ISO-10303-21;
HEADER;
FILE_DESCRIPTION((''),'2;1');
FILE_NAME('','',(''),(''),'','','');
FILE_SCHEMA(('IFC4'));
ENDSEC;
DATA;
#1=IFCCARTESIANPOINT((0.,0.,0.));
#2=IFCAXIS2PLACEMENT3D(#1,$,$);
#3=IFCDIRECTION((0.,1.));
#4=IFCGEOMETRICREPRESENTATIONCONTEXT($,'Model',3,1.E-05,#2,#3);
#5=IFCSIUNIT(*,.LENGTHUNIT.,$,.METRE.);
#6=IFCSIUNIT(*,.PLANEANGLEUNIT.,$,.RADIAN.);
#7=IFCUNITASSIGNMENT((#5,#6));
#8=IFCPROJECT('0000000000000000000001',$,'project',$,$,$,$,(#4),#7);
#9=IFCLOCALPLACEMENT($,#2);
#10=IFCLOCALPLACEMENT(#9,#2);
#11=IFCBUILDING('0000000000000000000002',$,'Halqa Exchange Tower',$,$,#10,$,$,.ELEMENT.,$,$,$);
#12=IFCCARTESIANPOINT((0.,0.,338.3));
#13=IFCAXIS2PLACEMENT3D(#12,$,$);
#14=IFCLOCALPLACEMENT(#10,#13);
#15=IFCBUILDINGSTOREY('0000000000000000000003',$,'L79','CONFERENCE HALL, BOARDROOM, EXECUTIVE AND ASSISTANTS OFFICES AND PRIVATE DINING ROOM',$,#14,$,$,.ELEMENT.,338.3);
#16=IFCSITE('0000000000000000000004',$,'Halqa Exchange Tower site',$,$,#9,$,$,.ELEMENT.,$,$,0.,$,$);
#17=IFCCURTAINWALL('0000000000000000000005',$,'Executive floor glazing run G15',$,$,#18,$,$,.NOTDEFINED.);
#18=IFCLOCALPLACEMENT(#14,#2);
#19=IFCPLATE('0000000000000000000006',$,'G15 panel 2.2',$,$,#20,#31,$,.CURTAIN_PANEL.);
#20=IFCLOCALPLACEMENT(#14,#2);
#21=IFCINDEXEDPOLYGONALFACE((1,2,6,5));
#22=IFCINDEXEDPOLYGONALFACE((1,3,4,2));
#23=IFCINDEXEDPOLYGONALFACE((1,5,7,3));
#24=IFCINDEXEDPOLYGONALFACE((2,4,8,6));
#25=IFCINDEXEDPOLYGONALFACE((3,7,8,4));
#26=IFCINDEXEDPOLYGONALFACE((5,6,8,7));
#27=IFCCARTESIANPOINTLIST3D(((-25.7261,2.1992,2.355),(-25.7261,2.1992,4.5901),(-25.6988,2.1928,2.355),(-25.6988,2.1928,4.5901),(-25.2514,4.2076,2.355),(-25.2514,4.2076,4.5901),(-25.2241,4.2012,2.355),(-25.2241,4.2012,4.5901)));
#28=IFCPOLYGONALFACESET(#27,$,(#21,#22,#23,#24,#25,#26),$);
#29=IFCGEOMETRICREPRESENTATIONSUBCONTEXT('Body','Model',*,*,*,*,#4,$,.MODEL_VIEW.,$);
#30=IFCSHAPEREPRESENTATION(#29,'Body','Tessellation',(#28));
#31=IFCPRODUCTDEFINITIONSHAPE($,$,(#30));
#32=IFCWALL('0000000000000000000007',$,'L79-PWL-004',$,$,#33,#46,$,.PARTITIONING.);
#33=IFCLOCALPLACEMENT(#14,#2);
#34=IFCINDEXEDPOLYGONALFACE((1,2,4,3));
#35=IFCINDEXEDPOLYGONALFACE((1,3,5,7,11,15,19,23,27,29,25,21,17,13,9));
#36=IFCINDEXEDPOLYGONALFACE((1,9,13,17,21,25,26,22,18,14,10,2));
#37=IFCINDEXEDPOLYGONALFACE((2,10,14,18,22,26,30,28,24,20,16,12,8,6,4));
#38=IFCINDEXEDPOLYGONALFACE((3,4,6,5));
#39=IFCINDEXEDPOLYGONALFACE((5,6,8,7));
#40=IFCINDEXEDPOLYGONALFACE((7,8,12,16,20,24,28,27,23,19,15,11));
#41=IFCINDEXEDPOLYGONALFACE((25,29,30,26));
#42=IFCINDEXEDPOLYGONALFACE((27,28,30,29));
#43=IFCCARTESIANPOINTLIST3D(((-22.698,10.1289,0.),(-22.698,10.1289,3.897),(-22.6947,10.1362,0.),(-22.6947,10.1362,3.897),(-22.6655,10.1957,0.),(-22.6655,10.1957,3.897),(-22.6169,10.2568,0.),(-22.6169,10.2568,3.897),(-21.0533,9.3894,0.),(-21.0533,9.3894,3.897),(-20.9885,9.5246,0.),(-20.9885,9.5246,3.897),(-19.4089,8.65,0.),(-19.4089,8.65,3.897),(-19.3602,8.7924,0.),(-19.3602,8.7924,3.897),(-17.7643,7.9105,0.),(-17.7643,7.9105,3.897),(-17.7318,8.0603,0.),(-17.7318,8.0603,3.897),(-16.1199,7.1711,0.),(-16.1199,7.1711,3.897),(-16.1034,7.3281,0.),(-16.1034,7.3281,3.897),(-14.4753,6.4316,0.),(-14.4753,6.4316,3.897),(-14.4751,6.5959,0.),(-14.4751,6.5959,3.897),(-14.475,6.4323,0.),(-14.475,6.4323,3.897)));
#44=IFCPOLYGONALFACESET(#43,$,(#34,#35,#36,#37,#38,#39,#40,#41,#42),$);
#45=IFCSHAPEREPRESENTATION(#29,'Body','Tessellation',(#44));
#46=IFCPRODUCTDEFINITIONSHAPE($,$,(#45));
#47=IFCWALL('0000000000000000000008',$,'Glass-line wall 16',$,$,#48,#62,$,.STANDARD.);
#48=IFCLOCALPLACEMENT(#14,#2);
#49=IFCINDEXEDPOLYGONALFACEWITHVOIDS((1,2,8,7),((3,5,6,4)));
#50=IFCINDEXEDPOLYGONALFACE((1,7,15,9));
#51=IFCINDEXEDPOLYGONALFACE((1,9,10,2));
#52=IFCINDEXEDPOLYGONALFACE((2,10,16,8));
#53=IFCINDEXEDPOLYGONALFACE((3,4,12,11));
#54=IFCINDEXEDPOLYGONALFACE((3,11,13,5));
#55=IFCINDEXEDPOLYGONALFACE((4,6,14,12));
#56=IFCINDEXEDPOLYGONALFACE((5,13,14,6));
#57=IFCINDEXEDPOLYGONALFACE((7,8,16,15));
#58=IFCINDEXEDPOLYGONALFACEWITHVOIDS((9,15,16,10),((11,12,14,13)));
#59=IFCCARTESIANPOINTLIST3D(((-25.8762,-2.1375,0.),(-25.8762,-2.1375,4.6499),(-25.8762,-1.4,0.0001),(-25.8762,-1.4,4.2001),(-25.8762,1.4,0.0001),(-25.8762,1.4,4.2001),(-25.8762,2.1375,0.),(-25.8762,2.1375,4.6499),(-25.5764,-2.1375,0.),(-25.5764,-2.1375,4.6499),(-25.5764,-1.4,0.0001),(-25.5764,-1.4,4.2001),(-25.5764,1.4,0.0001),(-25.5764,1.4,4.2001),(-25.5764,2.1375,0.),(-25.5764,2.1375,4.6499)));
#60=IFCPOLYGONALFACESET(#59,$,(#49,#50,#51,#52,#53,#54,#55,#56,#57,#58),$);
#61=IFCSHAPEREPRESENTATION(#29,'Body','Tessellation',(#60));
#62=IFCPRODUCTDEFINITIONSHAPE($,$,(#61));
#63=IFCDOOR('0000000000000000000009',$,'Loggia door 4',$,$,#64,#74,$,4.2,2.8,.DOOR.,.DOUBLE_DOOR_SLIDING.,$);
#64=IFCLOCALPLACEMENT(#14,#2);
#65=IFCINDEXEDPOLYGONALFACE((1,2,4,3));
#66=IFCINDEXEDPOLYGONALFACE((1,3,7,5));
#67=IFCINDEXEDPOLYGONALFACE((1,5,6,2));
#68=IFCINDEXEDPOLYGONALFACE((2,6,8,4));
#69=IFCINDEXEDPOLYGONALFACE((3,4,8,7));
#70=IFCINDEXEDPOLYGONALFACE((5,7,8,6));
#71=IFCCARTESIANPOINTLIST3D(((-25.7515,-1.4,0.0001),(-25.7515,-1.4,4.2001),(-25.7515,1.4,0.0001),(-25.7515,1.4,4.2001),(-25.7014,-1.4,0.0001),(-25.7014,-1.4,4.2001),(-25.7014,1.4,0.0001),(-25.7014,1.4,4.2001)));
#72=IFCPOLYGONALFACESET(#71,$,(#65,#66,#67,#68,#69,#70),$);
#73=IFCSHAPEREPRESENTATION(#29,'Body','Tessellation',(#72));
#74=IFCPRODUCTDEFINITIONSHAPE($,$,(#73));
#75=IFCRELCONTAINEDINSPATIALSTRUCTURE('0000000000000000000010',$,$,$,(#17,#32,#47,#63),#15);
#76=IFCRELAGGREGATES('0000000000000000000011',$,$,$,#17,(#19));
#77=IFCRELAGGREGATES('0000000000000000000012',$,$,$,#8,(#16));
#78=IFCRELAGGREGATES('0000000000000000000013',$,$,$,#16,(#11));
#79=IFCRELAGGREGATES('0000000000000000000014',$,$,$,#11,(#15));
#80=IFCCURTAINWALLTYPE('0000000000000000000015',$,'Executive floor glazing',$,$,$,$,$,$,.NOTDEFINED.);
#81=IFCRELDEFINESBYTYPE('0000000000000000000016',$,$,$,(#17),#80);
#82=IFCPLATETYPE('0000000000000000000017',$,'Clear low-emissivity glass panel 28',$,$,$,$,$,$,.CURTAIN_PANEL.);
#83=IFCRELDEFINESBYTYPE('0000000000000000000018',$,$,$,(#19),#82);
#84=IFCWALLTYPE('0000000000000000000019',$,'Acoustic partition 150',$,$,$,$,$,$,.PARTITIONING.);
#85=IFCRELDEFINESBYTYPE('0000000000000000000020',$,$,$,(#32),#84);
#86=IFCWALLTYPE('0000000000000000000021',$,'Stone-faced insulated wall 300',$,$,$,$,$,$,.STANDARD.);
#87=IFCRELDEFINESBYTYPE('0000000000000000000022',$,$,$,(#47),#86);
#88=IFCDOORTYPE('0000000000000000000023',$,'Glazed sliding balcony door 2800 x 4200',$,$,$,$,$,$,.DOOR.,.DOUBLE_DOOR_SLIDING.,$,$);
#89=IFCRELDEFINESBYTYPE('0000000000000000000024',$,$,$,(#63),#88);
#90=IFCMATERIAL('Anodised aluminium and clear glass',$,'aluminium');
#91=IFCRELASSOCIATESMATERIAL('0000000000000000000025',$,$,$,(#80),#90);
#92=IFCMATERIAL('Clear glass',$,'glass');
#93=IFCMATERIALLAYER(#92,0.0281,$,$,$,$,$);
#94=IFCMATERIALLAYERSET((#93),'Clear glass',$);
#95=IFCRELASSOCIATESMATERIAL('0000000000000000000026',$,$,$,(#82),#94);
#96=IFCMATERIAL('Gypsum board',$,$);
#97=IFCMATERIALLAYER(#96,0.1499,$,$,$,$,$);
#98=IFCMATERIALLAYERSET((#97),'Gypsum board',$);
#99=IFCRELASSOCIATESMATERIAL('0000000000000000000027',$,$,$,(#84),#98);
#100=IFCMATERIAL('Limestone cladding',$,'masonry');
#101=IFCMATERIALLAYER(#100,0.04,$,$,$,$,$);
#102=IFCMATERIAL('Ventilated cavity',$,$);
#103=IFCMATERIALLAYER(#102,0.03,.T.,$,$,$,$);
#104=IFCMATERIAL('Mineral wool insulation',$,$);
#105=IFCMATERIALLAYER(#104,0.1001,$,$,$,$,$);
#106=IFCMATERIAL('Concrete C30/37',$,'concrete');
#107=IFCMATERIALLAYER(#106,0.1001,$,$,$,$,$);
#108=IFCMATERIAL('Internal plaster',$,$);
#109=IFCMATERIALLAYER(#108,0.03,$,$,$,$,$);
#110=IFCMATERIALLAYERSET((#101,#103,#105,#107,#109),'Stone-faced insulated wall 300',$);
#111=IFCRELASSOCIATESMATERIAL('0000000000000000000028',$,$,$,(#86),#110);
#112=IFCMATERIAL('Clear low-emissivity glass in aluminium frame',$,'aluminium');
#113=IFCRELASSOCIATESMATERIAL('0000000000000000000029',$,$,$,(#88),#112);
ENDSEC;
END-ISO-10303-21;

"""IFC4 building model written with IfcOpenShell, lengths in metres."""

from ifc_helpers import new_model, si_unit, direction, frame, frame_2d, origin, origin_2d, place, context, subcontext, project, spatial, polyline, rectangle, outline, extrude, material, layer, layer_set, type_object, element, fill, aggregate, save


model = new_model("IFC4")

# Units and contexts
model_context = context("Model", 3, precision=1e-05, world=origin(), true_north=direction((0.0, 1.0)))
body_context = subcontext(model_context, "Body", "Model", "MODEL_VIEW")
ifc_project = project(units=[si_unit("LENGTHUNIT", "METRE"), si_unit("PLANEANGLEUNIT", "RADIAN")], contexts=[model_context])

# Site, building, storey
site_placement = place(None, origin())
site = spatial("IfcSite", under=ifc_project, at=site_placement, Name="Halqa Exchange Tower site", CompositionType="ELEMENT", RefElevation=0.0)
building_placement = place(site_placement, origin())
building = spatial("IfcBuilding", under=site, at=building_placement, Name="Halqa Exchange Tower", CompositionType="ELEMENT")
storey_placement = place(building_placement, frame((0.0, 0.0, 338.3)))
storey = spatial("IfcBuildingStorey", under=building, at=storey_placement, Name="L79", Description="CONFERENCE HALL, BOARDROOM, EXECUTIVE AND ASSISTANTS OFFICES AND PRIVATE DINING ROOM", CompositionType="ELEMENT", Elevation=338.3)

# Curtain wall
ifc_material_1 = material(Name="Anodised aluminium and clear glass", Category="aluminium")
curtain_wall_type = type_object("IfcCurtainWallType", Name="Executive floor glazing", PredefinedType="NOTDEFINED", material=ifc_material_1)
curtain_wall_1_placement = place(storey_placement, origin())
curtain_wall_1 = element("IfcCurtainWall", 1, at=curtain_wall_1_placement, inside=storey, type_object=curtain_wall_type, Name="Executive floor glazing run G15", PredefinedType="NOTDEFINED")

# Plate
ifc_material_2 = material(Name="Clear glass", Category="glass")
ifc_layer_1 = layer(ifc_material_2, 0.0281)
ifc_layer_set_1 = layer_set([ifc_layer_1], Name="Clear glass")
plate_type = type_object("IfcPlateType", Name="Clear low-emissivity glass panel 28", PredefinedType="CURTAIN_PANEL", material=ifc_layer_set_1)
plate_1_placement = place(storey_placement, frame((-25.4751, 3.2002, 2.355), z_axis=(0.0, 0.0, 1.0), x_axis=(-0.229995, -0.973192, 0.0)))
plate_1 = element("IfcPlate", 2, at=plate_1_placement, type_object=plate_type, Name="G15 panel 2.2", PredefinedType="CURTAIN_PANEL", context=body_context, shape_type="SweptSolid", body=[
    extrude(rectangle(XDim=2.0637, YDim=0.0281, at=origin_2d()), origin(), (0.0, 0.0, 1.0), 2.2351),
])
aggregate(curtain_wall_1, [plate_1])

# Wall
ifc_material_3 = material(Name="Gypsum board")
ifc_layer_2 = layer(ifc_material_3, 0.1499)
ifc_layer_set_2 = layer_set([ifc_layer_2], Name="Gypsum board")
wall_type_1 = type_object("IfcWallType", Name="Acoustic partition 150", PredefinedType="PARTITIONING", material=ifc_layer_set_2)
wall_1_placement = place(storey_placement, frame((-14.4446, 6.5, 0.0), z_axis=(0.0, 0.0, 1.0), x_axis=(-0.912043, 0.410094, 0.0)))
element("IfcWall", 3, at=wall_1_placement, inside=storey, type_object=wall_type_1, Name="L79-PWL-004", PredefinedType="PARTITIONING", context=body_context, shape_type="SweptSolid", body=[
    extrude(outline(polyline([(0.0671, -0.075), (1.8525, -0.075), (3.6379, -0.075), (5.4233, -0.075), (7.2087, -0.075), (8.9941, -0.075), (9.0134, 0.0007), (9.0156, 0.0669), (9.0156, 0.075), (7.2124, 0.075), (5.4094, 0.075), (3.6062, 0.075), (1.8032, 0.075), (0.0, 0.075), (0.0, 0.0742), (0.0671, -0.075)])), origin(), (0.0, 0.0, 1.0), 3.897),
])

# Wall, opening, door
ifc_material_4 = material(Name="Limestone cladding", Category="masonry")
ifc_layer_3 = layer(ifc_material_4, 0.04)
ifc_material_5 = material(Name="Ventilated cavity")
ifc_layer_4 = layer(ifc_material_5, 0.03, ventilated=True)
ifc_material_6 = material(Name="Mineral wool insulation")
ifc_layer_5 = layer(ifc_material_6, 0.1001)
ifc_material_7 = material(Name="Concrete C30/37", Category="concrete")
ifc_layer_6 = layer(ifc_material_7, 0.1001)
ifc_material_8 = material(Name="Internal plaster")
ifc_layer_7 = layer(ifc_material_8, 0.03)
ifc_layer_set_3 = layer_set([ifc_layer_3, ifc_layer_4, ifc_layer_5, ifc_layer_6, ifc_layer_7], Name="Stone-faced insulated wall 300")
wall_type_2 = type_object("IfcWallType", Name="Stone-faced insulated wall 300", PredefinedType="STANDARD", material=ifc_layer_set_3)
wall_2_placement = place(storey_placement, frame((-25.7263, 2.1375, 0.0), z_axis=(0.0, 0.0, 1.0), x_axis=(0.0, -1.0, 0.0)))
wall_2 = element("IfcWall", 4, at=wall_2_placement, inside=storey, type_object=wall_type_2, Name="Glass-line wall 16", PredefinedType="STANDARD", context=body_context, shape_type="SweptSolid", body=[
    extrude(outline(polyline([(0.0, -0.1499), (4.2749, -0.1499), (4.2749, 0.1499), (0.0, 0.1499), (0.0, -0.1499)])), origin(), (0.0, 0.0, 1.0), 4.6499),
])
opening_placement = place(wall_2_placement, frame((0.7375, 0.0, 0.0)))
opening = element("IfcOpeningElement", 5, at=opening_placement, cuts=wall_2, PredefinedType="OPENING", context=body_context, shape_type="SweptSolid", body=[
    extrude(rectangle(XDim=2.8, YDim=4.2, at=frame_2d((1.3999, 2.1001))), frame((0.0, 0.1621, 0.0), z_axis=(0.0, -1.0, 0.0), x_axis=(1.0, 0.0, 0.0)), (0.0, 0.0, 1.0), 0.324),
])
ifc_material_9 = material(Name="Clear low-emissivity glass in aluminium frame", Category="aluminium")
door_type = type_object("IfcDoorType", Name="Glazed sliding balcony door 2800 x 4200", OperationType="DOUBLE_DOOR_SLIDING", PredefinedType="DOOR", material=ifc_material_9)
door_placement = place(opening_placement, origin())
door = element("IfcDoor", 6, at=door_placement, inside=storey, type_object=door_type, Name="Loggia door 4", OperationType="DOUBLE_DOOR_SLIDING", OverallHeight=4.2, OverallWidth=2.8, PredefinedType="DOOR", context=body_context, shape_type="SweptSolid", body=[
    extrude(rectangle(XDim=2.8, YDim=4.2, at=frame_2d((1.3999, 2.1001))), frame((0.0, 0.0249, 0.0), z_axis=(0.0, -1.0, 0.0), x_axis=(1.0, 0.0, 0.0)), (0.0, 0.0, 1.0), 0.05),
])
fill(opening, door)

save(model, "model.ifc")
